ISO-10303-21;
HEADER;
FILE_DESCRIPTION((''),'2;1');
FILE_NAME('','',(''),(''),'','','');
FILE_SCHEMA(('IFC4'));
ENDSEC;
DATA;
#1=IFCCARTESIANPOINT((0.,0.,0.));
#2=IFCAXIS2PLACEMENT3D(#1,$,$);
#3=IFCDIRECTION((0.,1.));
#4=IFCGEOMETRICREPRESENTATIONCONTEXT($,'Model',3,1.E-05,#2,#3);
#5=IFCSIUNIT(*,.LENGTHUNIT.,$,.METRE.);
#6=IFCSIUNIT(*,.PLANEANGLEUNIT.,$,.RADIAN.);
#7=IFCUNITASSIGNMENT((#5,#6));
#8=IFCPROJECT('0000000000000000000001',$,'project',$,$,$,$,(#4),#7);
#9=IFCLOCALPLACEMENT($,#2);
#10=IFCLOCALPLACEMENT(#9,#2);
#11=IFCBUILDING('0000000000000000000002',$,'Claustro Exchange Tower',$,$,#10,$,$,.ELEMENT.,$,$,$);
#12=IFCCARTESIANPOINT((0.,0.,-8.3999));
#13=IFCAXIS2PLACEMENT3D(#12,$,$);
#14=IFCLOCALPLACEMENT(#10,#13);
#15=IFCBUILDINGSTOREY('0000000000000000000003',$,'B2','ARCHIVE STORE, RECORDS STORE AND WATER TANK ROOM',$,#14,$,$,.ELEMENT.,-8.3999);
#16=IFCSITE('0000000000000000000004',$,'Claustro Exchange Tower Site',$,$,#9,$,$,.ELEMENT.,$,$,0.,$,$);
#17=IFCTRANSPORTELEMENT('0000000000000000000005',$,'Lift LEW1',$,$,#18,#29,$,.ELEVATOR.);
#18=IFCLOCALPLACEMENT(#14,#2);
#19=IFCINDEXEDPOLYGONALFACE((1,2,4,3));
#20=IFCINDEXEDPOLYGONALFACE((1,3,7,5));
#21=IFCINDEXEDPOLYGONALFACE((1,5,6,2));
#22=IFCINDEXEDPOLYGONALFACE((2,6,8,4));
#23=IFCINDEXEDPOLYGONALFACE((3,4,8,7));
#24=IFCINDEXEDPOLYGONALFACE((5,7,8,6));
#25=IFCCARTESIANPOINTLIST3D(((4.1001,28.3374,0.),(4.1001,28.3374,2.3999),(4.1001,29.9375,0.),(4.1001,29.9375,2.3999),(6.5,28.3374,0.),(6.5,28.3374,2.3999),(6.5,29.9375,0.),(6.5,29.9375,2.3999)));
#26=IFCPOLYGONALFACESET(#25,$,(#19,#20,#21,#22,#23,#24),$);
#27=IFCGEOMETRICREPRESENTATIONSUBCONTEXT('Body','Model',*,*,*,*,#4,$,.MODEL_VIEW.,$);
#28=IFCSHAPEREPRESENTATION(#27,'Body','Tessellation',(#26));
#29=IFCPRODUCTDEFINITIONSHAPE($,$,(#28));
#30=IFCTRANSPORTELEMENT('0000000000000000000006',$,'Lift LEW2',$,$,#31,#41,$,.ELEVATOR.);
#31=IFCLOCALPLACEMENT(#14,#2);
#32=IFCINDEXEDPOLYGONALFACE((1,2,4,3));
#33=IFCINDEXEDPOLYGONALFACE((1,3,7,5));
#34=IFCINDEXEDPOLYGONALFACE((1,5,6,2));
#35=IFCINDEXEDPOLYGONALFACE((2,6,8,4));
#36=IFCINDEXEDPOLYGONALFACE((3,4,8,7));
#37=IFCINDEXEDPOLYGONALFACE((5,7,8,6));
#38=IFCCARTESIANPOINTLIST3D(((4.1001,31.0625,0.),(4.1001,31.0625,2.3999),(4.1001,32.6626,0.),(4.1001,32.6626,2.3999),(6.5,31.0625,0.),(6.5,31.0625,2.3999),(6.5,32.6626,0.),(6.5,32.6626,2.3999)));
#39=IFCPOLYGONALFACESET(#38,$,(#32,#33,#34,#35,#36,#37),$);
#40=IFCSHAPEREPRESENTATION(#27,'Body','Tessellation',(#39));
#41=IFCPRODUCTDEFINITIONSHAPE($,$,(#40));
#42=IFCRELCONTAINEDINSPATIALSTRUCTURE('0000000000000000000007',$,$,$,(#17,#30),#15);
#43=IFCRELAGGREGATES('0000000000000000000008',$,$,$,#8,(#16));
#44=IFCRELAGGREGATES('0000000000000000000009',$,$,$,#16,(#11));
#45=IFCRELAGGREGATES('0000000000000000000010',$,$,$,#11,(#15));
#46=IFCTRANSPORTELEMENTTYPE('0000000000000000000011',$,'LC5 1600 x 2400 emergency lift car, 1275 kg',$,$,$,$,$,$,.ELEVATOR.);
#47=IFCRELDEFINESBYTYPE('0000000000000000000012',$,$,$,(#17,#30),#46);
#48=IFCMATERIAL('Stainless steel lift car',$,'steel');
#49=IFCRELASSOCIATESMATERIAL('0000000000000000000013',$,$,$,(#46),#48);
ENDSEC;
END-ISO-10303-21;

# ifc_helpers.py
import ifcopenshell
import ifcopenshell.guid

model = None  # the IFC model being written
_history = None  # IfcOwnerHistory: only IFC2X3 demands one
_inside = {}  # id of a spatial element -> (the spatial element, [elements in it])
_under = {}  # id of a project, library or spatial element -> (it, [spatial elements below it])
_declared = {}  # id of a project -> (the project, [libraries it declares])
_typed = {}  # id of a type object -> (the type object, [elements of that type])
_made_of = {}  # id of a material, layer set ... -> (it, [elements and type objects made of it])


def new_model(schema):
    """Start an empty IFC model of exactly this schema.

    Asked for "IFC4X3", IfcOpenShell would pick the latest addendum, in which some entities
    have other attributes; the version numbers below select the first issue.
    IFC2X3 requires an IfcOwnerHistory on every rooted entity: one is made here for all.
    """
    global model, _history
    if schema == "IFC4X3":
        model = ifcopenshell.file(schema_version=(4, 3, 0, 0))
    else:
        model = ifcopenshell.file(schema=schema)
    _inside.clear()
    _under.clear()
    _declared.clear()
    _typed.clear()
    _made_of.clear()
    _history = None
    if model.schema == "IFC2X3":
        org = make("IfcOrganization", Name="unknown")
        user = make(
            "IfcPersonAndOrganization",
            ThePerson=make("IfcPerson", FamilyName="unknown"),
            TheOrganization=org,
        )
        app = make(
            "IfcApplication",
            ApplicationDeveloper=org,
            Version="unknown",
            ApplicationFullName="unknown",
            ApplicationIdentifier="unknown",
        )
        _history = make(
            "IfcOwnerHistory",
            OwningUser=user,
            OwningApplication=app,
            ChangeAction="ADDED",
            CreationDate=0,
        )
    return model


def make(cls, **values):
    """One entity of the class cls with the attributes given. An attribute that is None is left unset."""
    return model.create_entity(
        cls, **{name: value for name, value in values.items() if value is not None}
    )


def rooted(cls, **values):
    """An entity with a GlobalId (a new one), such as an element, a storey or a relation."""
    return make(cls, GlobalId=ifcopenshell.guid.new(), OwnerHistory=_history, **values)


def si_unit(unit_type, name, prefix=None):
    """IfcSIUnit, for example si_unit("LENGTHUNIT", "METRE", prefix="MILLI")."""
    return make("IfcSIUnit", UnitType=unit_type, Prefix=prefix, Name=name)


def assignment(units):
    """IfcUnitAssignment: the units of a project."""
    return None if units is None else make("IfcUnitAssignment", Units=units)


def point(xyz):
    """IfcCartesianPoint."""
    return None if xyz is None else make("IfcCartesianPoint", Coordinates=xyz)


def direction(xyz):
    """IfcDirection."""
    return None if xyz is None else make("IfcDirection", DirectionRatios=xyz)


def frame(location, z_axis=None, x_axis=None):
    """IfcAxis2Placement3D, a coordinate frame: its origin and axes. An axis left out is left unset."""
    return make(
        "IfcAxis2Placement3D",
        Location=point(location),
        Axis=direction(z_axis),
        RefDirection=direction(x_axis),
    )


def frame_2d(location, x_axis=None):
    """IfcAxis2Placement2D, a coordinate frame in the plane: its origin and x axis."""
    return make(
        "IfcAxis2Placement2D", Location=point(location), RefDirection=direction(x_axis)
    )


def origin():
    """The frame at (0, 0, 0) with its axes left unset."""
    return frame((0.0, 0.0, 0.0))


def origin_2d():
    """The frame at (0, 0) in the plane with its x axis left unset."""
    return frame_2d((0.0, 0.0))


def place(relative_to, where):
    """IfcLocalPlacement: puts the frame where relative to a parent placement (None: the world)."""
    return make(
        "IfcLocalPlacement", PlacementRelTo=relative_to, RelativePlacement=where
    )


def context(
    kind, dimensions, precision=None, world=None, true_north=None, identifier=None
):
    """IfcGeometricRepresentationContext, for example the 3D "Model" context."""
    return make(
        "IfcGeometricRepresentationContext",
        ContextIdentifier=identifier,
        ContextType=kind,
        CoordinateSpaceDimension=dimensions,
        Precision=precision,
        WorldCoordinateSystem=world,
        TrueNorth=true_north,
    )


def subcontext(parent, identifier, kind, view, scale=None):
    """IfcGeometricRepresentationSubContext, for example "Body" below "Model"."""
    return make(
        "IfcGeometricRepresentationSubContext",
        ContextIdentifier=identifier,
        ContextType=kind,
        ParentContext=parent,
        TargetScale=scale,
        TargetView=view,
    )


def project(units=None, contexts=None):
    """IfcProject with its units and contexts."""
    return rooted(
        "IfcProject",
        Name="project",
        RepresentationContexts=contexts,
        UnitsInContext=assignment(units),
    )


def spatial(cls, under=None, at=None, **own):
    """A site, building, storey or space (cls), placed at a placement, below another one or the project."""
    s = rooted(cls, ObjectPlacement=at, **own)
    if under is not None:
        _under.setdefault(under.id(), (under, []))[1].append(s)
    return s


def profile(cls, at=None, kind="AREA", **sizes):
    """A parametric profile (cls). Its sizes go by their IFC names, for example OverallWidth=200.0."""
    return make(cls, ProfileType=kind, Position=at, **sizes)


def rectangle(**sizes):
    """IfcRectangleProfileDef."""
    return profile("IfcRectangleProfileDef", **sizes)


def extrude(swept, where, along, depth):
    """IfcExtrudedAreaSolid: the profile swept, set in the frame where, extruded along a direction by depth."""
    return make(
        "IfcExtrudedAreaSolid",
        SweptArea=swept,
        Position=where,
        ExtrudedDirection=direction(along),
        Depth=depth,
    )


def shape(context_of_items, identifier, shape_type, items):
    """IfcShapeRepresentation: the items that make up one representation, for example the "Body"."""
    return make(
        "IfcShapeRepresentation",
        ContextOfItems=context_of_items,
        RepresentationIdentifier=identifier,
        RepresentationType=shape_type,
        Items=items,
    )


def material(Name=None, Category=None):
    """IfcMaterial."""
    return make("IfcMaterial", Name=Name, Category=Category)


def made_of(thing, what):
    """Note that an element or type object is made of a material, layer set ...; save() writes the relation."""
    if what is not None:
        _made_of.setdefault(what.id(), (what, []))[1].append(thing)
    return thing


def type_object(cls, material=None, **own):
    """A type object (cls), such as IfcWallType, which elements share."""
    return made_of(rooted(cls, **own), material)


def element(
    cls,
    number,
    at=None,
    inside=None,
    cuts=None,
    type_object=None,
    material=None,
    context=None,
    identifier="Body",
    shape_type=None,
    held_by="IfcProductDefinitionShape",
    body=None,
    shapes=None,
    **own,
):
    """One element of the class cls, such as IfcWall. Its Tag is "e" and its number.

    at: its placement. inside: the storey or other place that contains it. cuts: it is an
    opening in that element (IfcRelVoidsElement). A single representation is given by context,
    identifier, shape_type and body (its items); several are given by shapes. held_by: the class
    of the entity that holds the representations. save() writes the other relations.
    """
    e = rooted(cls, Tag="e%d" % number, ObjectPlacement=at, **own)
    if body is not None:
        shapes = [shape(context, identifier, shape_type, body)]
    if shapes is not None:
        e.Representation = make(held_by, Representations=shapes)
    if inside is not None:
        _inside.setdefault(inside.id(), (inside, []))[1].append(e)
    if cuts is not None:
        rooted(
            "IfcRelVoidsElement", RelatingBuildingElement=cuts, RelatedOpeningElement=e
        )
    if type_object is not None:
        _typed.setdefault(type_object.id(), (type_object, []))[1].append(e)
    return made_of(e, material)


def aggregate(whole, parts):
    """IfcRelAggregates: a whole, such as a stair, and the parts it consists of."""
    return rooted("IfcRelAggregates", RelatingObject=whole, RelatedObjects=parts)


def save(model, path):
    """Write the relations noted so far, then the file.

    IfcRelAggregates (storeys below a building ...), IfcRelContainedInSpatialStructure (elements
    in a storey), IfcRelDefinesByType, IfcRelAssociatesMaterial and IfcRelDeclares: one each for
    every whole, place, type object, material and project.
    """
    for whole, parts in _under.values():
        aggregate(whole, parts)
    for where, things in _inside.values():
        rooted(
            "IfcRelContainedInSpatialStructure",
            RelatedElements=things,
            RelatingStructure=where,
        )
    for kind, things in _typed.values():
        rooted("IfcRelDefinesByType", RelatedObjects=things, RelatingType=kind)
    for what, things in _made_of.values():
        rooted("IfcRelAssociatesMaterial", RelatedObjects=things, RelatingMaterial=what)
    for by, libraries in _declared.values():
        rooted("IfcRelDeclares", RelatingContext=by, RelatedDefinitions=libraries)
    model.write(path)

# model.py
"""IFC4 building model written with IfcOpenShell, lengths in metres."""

from ifc_helpers import new_model, si_unit, direction, frame, origin, origin_2d, place, context, subcontext, project, spatial, rectangle, extrude, material, type_object, element, save


model = new_model("IFC4")

# Units and contexts
model_context = context("Model", 3, precision=1e-05, world=origin(), true_north=direction((0.0, 1.0)))
body_context = subcontext(model_context, "Body", "Model", "MODEL_VIEW")
ifc_project = project(units=[si_unit("LENGTHUNIT", "METRE"), si_unit("PLANEANGLEUNIT", "RADIAN")], contexts=[model_context])

# Site, building, storey
site_placement = place(None, origin())
site = spatial("IfcSite", under=ifc_project, at=site_placement, Name="Claustro Exchange Tower Site", CompositionType="ELEMENT", RefElevation=0.0)
building_placement = place(site_placement, origin())
building = spatial("IfcBuilding", under=site, at=building_placement, Name="Claustro Exchange Tower", CompositionType="ELEMENT")
storey_placement = place(building_placement, frame((0.0, 0.0, -8.3999)))
storey = spatial("IfcBuildingStorey", under=building, at=storey_placement, Name="B2", Description="ARCHIVE STORE, RECORDS STORE AND WATER TANK ROOM", CompositionType="ELEMENT", Elevation=-8.3999)

# Transport elements
ifc_material_1 = material(Name="Stainless steel lift car", Category="steel")
transport_element_type_1 = type_object("IfcTransportElementType", Name="LC5 1600 x 2400 emergency lift car, 1275 kg", PredefinedType="ELEVATOR", material=ifc_material_1)
for number, where, name in (
    (1, (5.3, 29.1375, 0.0), "Lift LEW1"),
    (2, (5.3, 31.8625, 0.0), "Lift LEW2"),
):
    element("IfcTransportElement", number, at=place(storey_placement, frame(where)), inside=storey, type_object=transport_element_type_1, Name=name, PredefinedType="ELEVATOR", context=body_context, shape_type="SweptSolid", body=[
        extrude(rectangle(XDim=2.3999, YDim=1.6001, at=origin_2d()), origin(), (0.0, 0.0, 1.0), 2.3999),
    ])

save(model, "model.ifc")
